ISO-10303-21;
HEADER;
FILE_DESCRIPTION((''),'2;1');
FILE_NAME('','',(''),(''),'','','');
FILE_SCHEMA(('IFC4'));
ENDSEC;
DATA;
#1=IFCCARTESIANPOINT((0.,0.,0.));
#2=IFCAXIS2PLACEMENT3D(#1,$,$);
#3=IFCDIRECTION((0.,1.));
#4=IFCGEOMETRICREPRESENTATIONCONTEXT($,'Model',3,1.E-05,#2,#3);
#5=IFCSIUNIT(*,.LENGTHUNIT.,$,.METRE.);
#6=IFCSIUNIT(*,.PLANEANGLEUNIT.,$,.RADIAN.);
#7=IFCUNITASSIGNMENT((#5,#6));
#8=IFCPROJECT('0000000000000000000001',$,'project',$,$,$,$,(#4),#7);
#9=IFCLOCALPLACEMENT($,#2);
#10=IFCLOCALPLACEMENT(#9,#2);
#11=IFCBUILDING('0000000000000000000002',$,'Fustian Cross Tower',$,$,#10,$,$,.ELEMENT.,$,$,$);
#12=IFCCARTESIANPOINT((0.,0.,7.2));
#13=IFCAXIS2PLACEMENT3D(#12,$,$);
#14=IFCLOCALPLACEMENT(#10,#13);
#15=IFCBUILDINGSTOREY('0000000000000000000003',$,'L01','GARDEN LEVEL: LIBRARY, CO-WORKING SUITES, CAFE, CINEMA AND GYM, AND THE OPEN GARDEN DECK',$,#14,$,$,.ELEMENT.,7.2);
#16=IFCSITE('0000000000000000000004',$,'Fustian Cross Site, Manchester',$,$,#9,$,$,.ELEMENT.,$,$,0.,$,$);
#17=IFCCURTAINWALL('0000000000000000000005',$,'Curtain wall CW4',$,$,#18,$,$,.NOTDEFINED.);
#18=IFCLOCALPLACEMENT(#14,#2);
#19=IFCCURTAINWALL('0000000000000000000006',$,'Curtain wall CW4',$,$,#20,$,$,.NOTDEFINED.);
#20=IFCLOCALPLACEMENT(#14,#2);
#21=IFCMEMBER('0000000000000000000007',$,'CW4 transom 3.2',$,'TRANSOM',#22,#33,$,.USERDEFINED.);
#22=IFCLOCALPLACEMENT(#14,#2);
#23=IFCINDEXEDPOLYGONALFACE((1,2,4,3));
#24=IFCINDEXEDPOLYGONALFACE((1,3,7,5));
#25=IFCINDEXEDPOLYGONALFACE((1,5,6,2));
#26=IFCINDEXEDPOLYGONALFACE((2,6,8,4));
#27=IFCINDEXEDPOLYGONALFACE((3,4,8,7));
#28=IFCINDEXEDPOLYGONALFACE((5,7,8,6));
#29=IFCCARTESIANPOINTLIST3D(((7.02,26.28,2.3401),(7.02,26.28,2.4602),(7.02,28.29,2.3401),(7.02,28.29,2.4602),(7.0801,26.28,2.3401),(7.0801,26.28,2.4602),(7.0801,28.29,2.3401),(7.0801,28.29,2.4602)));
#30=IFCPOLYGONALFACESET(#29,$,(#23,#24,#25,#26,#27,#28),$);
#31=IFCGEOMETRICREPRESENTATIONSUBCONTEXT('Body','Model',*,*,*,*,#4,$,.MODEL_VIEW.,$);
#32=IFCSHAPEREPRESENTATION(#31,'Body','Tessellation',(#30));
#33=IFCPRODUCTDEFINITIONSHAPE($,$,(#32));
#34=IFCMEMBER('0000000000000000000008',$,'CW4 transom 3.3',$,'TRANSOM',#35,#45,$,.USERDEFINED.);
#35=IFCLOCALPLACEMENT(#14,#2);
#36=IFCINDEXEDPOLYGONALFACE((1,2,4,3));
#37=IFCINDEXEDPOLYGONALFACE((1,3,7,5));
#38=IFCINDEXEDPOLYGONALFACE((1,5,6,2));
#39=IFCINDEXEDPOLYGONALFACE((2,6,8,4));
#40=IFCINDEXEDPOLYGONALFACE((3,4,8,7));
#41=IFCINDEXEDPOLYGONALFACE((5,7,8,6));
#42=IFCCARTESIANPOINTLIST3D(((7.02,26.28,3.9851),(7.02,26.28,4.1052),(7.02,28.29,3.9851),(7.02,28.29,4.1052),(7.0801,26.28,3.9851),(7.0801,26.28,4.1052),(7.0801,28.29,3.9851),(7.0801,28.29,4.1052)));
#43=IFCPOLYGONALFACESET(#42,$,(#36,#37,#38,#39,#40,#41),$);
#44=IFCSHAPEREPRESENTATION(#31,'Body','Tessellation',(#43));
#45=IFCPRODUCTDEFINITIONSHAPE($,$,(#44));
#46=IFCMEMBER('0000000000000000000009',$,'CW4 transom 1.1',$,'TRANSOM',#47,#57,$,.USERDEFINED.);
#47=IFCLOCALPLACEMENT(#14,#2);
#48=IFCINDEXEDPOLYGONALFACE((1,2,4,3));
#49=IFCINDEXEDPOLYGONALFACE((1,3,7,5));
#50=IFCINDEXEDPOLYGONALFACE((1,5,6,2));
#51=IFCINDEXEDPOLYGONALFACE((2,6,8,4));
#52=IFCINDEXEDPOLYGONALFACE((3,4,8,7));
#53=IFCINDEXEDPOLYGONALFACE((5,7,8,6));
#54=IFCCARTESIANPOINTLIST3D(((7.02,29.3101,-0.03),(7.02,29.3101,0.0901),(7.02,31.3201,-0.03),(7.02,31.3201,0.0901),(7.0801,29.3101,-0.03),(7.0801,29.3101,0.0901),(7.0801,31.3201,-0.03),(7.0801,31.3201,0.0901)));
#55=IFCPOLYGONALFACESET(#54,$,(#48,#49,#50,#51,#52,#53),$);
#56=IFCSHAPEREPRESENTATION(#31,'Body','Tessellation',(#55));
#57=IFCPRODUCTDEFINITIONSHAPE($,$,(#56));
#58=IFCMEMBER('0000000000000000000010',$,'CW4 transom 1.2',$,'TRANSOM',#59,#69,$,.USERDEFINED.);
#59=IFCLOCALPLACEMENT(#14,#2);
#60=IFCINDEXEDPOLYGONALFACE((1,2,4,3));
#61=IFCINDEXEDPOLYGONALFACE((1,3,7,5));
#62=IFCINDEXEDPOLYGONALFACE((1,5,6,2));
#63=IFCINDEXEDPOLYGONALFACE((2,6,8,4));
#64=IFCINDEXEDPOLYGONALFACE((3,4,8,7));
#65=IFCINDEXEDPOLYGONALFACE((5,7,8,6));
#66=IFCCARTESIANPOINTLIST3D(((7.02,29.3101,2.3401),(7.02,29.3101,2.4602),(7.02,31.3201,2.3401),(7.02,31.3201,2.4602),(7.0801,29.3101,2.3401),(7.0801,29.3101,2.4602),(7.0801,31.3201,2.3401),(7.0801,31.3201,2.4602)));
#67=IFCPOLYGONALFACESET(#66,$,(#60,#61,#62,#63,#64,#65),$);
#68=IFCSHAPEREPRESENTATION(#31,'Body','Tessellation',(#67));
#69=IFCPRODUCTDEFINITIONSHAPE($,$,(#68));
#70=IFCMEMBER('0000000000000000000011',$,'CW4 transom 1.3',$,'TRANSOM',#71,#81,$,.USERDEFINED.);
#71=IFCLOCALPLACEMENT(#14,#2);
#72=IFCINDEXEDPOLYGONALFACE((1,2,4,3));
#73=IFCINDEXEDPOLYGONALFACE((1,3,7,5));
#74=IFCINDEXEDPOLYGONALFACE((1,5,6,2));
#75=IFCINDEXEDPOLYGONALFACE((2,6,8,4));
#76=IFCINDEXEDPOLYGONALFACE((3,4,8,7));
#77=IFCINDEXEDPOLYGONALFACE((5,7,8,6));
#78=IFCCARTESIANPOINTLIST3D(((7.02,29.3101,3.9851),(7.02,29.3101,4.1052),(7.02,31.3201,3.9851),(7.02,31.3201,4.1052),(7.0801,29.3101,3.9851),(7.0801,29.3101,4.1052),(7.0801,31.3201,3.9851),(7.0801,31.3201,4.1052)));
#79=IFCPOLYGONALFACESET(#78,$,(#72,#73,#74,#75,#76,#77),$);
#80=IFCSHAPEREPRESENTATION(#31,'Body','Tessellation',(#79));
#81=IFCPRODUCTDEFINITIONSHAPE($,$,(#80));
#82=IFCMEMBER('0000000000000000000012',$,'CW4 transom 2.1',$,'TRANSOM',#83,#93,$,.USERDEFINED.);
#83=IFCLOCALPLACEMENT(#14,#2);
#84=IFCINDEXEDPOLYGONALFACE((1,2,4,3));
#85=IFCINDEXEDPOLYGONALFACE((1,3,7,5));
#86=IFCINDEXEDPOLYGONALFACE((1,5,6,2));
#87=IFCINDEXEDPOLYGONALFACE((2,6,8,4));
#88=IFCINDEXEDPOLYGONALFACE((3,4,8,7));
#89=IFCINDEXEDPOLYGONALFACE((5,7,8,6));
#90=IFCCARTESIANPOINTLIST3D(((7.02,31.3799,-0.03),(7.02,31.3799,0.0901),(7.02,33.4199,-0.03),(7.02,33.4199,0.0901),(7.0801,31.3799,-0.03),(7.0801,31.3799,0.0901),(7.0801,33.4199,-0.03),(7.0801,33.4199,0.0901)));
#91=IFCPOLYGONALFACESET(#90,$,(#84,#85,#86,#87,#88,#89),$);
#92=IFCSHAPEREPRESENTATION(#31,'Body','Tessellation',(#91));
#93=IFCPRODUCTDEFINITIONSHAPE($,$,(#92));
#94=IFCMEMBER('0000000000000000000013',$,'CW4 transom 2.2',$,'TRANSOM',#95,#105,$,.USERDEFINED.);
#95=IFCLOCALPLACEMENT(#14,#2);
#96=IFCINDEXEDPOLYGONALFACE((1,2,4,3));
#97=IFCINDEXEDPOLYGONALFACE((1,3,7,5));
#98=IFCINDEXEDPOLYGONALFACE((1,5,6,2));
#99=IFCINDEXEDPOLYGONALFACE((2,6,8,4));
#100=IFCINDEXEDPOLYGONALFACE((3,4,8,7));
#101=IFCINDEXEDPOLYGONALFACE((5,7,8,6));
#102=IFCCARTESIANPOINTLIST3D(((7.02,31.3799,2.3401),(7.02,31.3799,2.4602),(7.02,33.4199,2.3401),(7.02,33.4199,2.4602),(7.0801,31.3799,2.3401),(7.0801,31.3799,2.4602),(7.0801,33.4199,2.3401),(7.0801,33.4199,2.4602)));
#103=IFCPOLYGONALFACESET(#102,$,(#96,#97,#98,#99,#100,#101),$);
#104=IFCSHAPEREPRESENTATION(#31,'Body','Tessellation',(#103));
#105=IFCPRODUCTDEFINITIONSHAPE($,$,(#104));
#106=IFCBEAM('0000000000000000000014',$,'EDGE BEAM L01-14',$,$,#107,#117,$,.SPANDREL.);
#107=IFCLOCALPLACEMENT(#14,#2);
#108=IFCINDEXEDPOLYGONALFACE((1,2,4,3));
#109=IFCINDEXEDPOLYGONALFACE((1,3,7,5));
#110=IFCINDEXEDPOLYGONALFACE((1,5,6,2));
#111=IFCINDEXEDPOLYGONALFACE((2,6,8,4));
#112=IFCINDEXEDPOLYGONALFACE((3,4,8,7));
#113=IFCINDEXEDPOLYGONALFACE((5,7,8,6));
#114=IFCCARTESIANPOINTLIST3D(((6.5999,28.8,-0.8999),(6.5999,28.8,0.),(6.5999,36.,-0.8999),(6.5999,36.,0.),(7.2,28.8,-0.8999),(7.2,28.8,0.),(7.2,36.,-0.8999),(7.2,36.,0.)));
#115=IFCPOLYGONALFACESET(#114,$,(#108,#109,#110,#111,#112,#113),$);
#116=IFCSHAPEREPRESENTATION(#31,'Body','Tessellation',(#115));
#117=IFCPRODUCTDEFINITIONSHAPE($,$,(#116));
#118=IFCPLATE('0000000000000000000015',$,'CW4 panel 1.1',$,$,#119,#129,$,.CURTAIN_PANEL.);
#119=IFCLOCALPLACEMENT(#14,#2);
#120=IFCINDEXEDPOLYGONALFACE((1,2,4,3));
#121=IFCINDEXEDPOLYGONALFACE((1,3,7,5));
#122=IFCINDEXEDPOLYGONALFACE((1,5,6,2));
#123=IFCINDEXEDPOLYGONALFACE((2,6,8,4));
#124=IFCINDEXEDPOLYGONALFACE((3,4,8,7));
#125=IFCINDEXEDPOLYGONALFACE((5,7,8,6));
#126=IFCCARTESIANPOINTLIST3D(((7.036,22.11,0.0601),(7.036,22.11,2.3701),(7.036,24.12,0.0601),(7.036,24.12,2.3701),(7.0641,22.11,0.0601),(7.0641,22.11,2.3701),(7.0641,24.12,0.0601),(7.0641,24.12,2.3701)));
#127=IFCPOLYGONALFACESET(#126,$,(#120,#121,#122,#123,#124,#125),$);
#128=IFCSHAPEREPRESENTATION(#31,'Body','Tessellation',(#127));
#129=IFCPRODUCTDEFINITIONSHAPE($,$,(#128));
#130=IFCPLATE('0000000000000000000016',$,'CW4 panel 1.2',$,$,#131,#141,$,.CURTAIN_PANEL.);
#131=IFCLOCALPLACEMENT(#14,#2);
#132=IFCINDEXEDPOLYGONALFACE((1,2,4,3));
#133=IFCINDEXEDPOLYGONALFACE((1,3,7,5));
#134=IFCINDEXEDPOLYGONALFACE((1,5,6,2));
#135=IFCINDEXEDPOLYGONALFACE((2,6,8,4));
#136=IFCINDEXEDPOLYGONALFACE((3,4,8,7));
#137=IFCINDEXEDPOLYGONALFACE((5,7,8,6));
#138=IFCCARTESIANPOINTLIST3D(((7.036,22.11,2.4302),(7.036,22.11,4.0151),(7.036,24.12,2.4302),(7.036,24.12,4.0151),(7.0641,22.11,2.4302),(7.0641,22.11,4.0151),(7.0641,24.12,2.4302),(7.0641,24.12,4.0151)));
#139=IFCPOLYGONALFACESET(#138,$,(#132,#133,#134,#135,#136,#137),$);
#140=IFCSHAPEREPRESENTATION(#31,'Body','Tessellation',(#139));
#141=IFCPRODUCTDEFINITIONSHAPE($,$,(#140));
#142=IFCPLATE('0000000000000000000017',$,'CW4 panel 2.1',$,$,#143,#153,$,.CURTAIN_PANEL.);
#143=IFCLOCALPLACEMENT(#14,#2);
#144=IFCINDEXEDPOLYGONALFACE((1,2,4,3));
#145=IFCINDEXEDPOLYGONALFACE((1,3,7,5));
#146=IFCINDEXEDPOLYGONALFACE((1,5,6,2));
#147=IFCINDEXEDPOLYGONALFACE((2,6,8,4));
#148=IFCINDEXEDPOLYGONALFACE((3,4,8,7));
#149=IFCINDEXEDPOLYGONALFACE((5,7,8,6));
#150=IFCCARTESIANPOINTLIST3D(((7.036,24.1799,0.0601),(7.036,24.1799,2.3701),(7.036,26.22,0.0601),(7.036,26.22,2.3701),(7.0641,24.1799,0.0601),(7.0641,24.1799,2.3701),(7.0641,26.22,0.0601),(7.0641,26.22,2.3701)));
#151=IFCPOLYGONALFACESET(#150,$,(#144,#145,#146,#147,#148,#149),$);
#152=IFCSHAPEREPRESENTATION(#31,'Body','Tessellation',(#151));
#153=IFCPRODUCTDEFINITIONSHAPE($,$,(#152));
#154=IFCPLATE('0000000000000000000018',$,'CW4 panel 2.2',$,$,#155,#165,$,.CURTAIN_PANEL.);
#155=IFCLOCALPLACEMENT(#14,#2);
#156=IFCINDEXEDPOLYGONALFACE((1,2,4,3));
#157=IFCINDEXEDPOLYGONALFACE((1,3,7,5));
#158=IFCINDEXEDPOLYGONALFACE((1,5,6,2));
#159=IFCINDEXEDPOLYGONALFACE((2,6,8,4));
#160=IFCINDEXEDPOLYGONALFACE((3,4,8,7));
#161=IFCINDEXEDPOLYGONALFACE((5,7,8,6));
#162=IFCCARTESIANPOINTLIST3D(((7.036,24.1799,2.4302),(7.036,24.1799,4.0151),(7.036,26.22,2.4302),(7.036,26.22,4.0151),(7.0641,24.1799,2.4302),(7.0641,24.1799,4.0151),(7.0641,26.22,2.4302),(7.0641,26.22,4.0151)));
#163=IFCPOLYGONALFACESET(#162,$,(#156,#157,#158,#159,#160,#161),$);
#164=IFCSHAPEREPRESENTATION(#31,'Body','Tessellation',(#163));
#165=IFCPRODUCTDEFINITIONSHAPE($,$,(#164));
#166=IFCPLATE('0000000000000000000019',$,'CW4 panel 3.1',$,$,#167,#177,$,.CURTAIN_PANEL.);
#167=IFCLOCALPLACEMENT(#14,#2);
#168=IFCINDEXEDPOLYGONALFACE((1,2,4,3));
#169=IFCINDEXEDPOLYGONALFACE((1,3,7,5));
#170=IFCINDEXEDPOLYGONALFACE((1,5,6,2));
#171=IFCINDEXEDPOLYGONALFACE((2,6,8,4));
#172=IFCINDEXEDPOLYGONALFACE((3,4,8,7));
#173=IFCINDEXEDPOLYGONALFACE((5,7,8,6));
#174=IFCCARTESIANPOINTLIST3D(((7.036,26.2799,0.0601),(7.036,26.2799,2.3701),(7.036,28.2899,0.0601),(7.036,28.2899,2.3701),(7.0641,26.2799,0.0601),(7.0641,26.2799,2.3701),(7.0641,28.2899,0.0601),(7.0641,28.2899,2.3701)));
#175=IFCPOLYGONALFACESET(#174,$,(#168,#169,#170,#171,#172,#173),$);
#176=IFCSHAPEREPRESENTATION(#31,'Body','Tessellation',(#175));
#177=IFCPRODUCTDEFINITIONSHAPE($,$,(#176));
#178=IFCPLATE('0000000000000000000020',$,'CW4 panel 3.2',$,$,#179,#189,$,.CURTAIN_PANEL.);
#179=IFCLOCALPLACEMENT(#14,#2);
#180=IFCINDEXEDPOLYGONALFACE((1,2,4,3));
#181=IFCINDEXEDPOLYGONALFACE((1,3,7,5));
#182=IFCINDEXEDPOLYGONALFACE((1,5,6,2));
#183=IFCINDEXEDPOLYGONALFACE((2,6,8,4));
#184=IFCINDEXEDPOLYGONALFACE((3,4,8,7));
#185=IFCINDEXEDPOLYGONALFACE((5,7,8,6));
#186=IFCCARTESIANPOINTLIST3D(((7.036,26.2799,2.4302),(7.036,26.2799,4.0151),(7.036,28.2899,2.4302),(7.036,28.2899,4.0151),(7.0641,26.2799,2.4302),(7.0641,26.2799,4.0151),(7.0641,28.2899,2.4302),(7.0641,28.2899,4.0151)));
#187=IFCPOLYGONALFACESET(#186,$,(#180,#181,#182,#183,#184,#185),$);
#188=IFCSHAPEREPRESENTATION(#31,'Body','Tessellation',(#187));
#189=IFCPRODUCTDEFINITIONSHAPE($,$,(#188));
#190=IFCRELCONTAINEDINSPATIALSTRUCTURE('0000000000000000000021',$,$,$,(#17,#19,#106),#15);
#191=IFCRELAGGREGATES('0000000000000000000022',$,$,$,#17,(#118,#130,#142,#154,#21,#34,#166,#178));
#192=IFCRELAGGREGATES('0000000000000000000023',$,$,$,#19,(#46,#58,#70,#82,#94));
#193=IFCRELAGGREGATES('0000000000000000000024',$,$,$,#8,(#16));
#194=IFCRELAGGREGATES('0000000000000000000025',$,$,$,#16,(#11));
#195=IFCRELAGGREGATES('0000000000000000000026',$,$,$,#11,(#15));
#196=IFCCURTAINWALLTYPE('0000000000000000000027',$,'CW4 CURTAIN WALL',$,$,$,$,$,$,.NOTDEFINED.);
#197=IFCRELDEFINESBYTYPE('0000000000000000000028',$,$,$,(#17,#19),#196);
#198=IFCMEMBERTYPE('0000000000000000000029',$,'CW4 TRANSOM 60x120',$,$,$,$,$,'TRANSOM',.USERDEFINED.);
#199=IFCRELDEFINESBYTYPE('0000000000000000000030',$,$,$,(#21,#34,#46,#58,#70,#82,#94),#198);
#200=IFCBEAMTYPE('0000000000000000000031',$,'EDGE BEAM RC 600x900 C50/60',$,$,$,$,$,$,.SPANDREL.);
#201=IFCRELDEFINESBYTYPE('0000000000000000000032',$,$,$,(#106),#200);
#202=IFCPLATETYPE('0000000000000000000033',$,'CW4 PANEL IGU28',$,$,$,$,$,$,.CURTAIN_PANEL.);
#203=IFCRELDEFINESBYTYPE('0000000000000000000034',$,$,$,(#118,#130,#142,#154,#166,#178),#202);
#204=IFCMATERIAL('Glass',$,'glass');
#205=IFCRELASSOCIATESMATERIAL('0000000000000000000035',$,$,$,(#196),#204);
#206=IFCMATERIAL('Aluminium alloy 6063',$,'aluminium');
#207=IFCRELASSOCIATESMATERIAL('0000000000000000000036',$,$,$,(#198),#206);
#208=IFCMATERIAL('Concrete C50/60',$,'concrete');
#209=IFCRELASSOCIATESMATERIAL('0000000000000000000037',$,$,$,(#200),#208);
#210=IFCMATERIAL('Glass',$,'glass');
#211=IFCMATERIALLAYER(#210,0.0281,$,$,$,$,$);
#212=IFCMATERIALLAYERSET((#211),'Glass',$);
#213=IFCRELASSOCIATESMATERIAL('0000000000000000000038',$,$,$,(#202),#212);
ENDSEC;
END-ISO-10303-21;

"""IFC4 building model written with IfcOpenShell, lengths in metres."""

from ifc_helpers import new_model, si_unit, direction, frame, origin, origin_2d, place, context, subcontext, project, spatial, rectangle, extrude, material, layer, layer_set, material_profile, profile_set, type_object, element, aggregate, save


model = new_model("IFC4")

# Units and contexts
model_context = context("Model", 3, precision=1e-05, world=origin(), true_north=direction((0.0, 1.0)))
body_context = subcontext(model_context, "Body", "Model", "MODEL_VIEW")
ifc_project = project(units=[si_unit("LENGTHUNIT", "METRE"), si_unit("PLANEANGLEUNIT", "RADIAN")], contexts=[model_context])

# Site, building, storey
site_placement = place(None, origin())
site = spatial("IfcSite", under=ifc_project, at=site_placement, Name="Fustian Cross Site, Manchester", CompositionType="ELEMENT", RefElevation=0.0)
building_placement = place(site_placement, origin())
building = spatial("IfcBuilding", under=site, at=building_placement, Name="Fustian Cross Tower", CompositionType="ELEMENT")
storey_placement = place(building_placement, frame((0.0, 0.0, 7.2)))
storey = spatial("IfcBuildingStorey", under=building, at=storey_placement, Name="L01", Description="GARDEN LEVEL: LIBRARY, CO-WORKING SUITES, CAFE, CINEMA AND GYM, AND THE OPEN GARDEN DECK", CompositionType="ELEMENT", Elevation=7.2)

# Curtain walls
ifc_material_1 = material(Name="Glass", Category="glass")
curtain_wall_type = type_object("IfcCurtainWallType", Name="CW4 CURTAIN WALL", PredefinedType="NOTDEFINED", material=ifc_material_1)
curtain_wall_1_placement = place(storey_placement, origin())
curtain_wall_1 = element("IfcCurtainWall", 1, at=curtain_wall_1_placement, inside=storey, type_object=curtain_wall_type, Name="Curtain wall CW4", PredefinedType="NOTDEFINED")
curtain_wall_2_placement = place(storey_placement, origin())
curtain_wall_2 = element("IfcCurtainWall", 2, at=curtain_wall_2_placement, inside=storey, type_object=curtain_wall_type, Name="Curtain wall CW4", PredefinedType="NOTDEFINED")

# Members
ifc_material_2 = material(Name="Aluminium alloy 6063", Category="aluminium")
ifc_material_profile_1 = material_profile(ifc_material_2, rectangle(XDim=0.0601, YDim=0.1201, at=origin_2d()), Name="CW4 TRANSOM 60x120")
ifc_profile_set_1 = profile_set([ifc_material_profile_1], Name="Aluminium alloy 6063")
member_type_1 = type_object("IfcMemberType", Name="CW4 TRANSOM 60x120", ElementType="TRANSOM", PredefinedType="USERDEFINED", material=ifc_profile_set_1)
member_1_placement = place(storey_placement, frame((7.05, 26.28, 2.4001), z_axis=(0.0, 1.0, 0.0), x_axis=(-1.0, 0.0, 0.0)))
member_1 = element("IfcMember", 3, at=member_1_placement, type_object=member_type_1, Name="CW4 transom 3.2", ObjectType="TRANSOM", PredefinedType="USERDEFINED", context=body_context, shape_type="SweptSolid", body=[
    extrude(rectangle(XDim=0.0601, YDim=0.1201, at=origin_2d()), origin(), (0.0, 0.0, 1.0), 2.01),
])
member_2_placement = place(storey_placement, frame((7.05, 26.28, 4.0452), z_axis=(0.0, 1.0, 0.0), x_axis=(-1.0, 0.0, 0.0)))
member_2 = element("IfcMember", 4, at=member_2_placement, type_object=member_type_1, Name="CW4 transom 3.3", ObjectType="TRANSOM", PredefinedType="USERDEFINED", context=body_context, shape_type="SweptSolid", body=[
    extrude(rectangle(XDim=0.0601, YDim=0.1201, at=origin_2d()), origin(), (0.0, 0.0, 1.0), 2.01),
])
member_3_placement = place(storey_placement, frame((7.05, 29.3101, 0.03), z_axis=(0.0, 1.0, 0.0), x_axis=(-1.0, 0.0, 0.0)))
member_3 = element("IfcMember", 5, at=member_3_placement, type_object=member_type_1, Name="CW4 transom 1.1", ObjectType="TRANSOM", PredefinedType="USERDEFINED", context=body_context, shape_type="SweptSolid", body=[
    extrude(rectangle(XDim=0.0601, YDim=0.1201, at=origin_2d()), origin(), (0.0, 0.0, 1.0), 2.01),
])
member_4_placement = place(storey_placement, frame((7.05, 29.3101, 2.4001), z_axis=(0.0, 1.0, 0.0), x_axis=(-1.0, 0.0, 0.0)))
member_4 = element("IfcMember", 6, at=member_4_placement, type_object=member_type_1, Name="CW4 transom 1.2", ObjectType="TRANSOM", PredefinedType="USERDEFINED", context=body_context, shape_type="SweptSolid", body=[
    extrude(rectangle(XDim=0.0601, YDim=0.1201, at=origin_2d()), origin(), (0.0, 0.0, 1.0), 2.01),
])
member_5_placement = place(storey_placement, frame((7.05, 29.3101, 4.0452), z_axis=(0.0, 1.0, 0.0), x_axis=(-1.0, 0.0, 0.0)))
member_5 = element("IfcMember", 7, at=member_5_placement, type_object=member_type_1, Name="CW4 transom 1.3", ObjectType="TRANSOM", PredefinedType="USERDEFINED", context=body_context, shape_type="SweptSolid", body=[
    extrude(rectangle(XDim=0.0601, YDim=0.1201, at=origin_2d()), origin(), (0.0, 0.0, 1.0), 2.01),
])
member_6_placement = place(storey_placement, frame((7.05, 31.3799, 0.03), z_axis=(0.0, 1.0, 0.0), x_axis=(-1.0, 0.0, 0.0)))
member_6 = element("IfcMember", 8, at=member_6_placement, type_object=member_type_1, Name="CW4 transom 2.1", ObjectType="TRANSOM", PredefinedType="USERDEFINED", context=body_context, shape_type="SweptSolid", body=[
    extrude(rectangle(XDim=0.0601, YDim=0.1201, at=origin_2d()), origin(), (0.0, 0.0, 1.0), 2.04),
])
member_7_placement = place(storey_placement, frame((7.05, 31.3799, 2.4001), z_axis=(0.0, 1.0, 0.0), x_axis=(-1.0, 0.0, 0.0)))
member_7 = element("IfcMember", 9, at=member_7_placement, type_object=member_type_1, Name="CW4 transom 2.2", ObjectType="TRANSOM", PredefinedType="USERDEFINED", context=body_context, shape_type="SweptSolid", body=[
    extrude(rectangle(XDim=0.0601, YDim=0.1201, at=origin_2d()), origin(), (0.0, 0.0, 1.0), 2.04),
])

# Beam
ifc_material_3 = material(Name="Concrete C50/60", Category="concrete")
ifc_material_profile_2 = material_profile(ifc_material_3, rectangle(XDim=0.6001, YDim=0.8999, at=origin_2d()), Name="RC 600x900")
ifc_profile_set_2 = profile_set([ifc_material_profile_2], Name="Concrete C50/60")
beam_type = type_object("IfcBeamType", Name="EDGE BEAM RC 600x900 C50/60", PredefinedType="SPANDREL", material=ifc_profile_set_2)
beam_placement = place(storey_placement, frame((6.8999, 28.8, -0.45), z_axis=(0.0, 1.0, 0.0), x_axis=(-1.0, 0.0, 0.0)))
element("IfcBeam", 10, at=beam_placement, inside=storey, type_object=beam_type, Name="EDGE BEAM L01-14", PredefinedType="SPANDREL", context=body_context, shape_type="SweptSolid", body=[
    extrude(rectangle(XDim=0.6001, YDim=0.8999, at=origin_2d()), origin(), (0.0, 0.0, 1.0), 7.2),
])

# Plates
ifc_material_4 = material(Name="Glass", Category="glass")
ifc_layer_1 = layer(ifc_material_4, 0.0281)
ifc_layer_set_1 = layer_set([ifc_layer_1], Name="Glass")
plate_type = type_object("IfcPlateType", Name="CW4 PANEL IGU28", PredefinedType="CURTAIN_PANEL", material=ifc_layer_set_1)
plate_1_placement = place(storey_placement, frame((7.05, 23.115, 0.0601), z_axis=(0.0, 0.0, 1.0), x_axis=(0.0, 1.0, 0.0)))
plate_1 = element("IfcPlate", 11, at=plate_1_placement, type_object=plate_type, Name="CW4 panel 1.1", PredefinedType="CURTAIN_PANEL", context=body_context, shape_type="SweptSolid", body=[
    extrude(rectangle(XDim=2.01, YDim=0.0281, at=origin_2d()), origin(), (0.0, 0.0, 1.0), 2.3101),
])
plate_2_placement = place(storey_placement, frame((7.05, 23.115, 2.4302), z_axis=(0.0, 0.0, 1.0), x_axis=(0.0, 1.0, 0.0)))
plate_2 = element("IfcPlate", 12, at=plate_2_placement, type_object=plate_type, Name="CW4 panel 1.2", PredefinedType="CURTAIN_PANEL", context=body_context, shape_type="SweptSolid", body=[
    extrude(rectangle(XDim=2.01, YDim=0.0281, at=origin_2d()), origin(), (0.0, 0.0, 1.0), 1.585),
])
plate_3_placement = place(storey_placement, frame((7.05, 25.2, 0.0601), z_axis=(0.0, 0.0, 1.0), x_axis=(0.0, 1.0, 0.0)))
plate_3 = element("IfcPlate", 13, at=plate_3_placement, type_object=plate_type, Name="CW4 panel 2.1", PredefinedType="CURTAIN_PANEL", context=body_context, shape_type="SweptSolid", body=[
    extrude(rectangle(XDim=2.04, YDim=0.0281, at=origin_2d()), origin(), (0.0, 0.0, 1.0), 2.3101),
])
plate_4_placement = place(storey_placement, frame((7.05, 25.2, 2.4302), z_axis=(0.0, 0.0, 1.0), x_axis=(0.0, 1.0, 0.0)))
plate_4 = element("IfcPlate", 14, at=plate_4_placement, type_object=plate_type, Name="CW4 panel 2.2", PredefinedType="CURTAIN_PANEL", context=body_context, shape_type="SweptSolid", body=[
    extrude(rectangle(XDim=2.04, YDim=0.0281, at=origin_2d()), origin(), (0.0, 0.0, 1.0), 1.585),
])
plate_5_placement = place(storey_placement, frame((7.05, 27.2849, 0.0601), z_axis=(0.0, 0.0, 1.0), x_axis=(0.0, 1.0, 0.0)))
plate_5 = element("IfcPlate", 15, at=plate_5_placement, type_object=plate_type, Name="CW4 panel 3.1", PredefinedType="CURTAIN_PANEL", context=body_context, shape_type="SweptSolid", body=[
    extrude(rectangle(XDim=2.01, YDim=0.0281, at=origin_2d()), origin(), (0.0, 0.0, 1.0), 2.3101),
])
plate_6_placement = place(storey_placement, frame((7.05, 27.2849, 2.4302), z_axis=(0.0, 0.0, 1.0), x_axis=(0.0, 1.0, 0.0)))
plate_6 = element("IfcPlate", 16, at=plate_6_placement, type_object=plate_type, Name="CW4 panel 3.2", PredefinedType="CURTAIN_PANEL", context=body_context, shape_type="SweptSolid", body=[
    extrude(rectangle(XDim=2.01, YDim=0.0281, at=origin_2d()), origin(), (0.0, 0.0, 1.0), 1.585),
])
aggregate(curtain_wall_1, [plate_1, plate_2, plate_3, plate_4, member_1, member_2, plate_5, plate_6])
aggregate(curtain_wall_2, [member_3, member_4, member_5, member_6, member_7])

save(model, "model.ifc")
